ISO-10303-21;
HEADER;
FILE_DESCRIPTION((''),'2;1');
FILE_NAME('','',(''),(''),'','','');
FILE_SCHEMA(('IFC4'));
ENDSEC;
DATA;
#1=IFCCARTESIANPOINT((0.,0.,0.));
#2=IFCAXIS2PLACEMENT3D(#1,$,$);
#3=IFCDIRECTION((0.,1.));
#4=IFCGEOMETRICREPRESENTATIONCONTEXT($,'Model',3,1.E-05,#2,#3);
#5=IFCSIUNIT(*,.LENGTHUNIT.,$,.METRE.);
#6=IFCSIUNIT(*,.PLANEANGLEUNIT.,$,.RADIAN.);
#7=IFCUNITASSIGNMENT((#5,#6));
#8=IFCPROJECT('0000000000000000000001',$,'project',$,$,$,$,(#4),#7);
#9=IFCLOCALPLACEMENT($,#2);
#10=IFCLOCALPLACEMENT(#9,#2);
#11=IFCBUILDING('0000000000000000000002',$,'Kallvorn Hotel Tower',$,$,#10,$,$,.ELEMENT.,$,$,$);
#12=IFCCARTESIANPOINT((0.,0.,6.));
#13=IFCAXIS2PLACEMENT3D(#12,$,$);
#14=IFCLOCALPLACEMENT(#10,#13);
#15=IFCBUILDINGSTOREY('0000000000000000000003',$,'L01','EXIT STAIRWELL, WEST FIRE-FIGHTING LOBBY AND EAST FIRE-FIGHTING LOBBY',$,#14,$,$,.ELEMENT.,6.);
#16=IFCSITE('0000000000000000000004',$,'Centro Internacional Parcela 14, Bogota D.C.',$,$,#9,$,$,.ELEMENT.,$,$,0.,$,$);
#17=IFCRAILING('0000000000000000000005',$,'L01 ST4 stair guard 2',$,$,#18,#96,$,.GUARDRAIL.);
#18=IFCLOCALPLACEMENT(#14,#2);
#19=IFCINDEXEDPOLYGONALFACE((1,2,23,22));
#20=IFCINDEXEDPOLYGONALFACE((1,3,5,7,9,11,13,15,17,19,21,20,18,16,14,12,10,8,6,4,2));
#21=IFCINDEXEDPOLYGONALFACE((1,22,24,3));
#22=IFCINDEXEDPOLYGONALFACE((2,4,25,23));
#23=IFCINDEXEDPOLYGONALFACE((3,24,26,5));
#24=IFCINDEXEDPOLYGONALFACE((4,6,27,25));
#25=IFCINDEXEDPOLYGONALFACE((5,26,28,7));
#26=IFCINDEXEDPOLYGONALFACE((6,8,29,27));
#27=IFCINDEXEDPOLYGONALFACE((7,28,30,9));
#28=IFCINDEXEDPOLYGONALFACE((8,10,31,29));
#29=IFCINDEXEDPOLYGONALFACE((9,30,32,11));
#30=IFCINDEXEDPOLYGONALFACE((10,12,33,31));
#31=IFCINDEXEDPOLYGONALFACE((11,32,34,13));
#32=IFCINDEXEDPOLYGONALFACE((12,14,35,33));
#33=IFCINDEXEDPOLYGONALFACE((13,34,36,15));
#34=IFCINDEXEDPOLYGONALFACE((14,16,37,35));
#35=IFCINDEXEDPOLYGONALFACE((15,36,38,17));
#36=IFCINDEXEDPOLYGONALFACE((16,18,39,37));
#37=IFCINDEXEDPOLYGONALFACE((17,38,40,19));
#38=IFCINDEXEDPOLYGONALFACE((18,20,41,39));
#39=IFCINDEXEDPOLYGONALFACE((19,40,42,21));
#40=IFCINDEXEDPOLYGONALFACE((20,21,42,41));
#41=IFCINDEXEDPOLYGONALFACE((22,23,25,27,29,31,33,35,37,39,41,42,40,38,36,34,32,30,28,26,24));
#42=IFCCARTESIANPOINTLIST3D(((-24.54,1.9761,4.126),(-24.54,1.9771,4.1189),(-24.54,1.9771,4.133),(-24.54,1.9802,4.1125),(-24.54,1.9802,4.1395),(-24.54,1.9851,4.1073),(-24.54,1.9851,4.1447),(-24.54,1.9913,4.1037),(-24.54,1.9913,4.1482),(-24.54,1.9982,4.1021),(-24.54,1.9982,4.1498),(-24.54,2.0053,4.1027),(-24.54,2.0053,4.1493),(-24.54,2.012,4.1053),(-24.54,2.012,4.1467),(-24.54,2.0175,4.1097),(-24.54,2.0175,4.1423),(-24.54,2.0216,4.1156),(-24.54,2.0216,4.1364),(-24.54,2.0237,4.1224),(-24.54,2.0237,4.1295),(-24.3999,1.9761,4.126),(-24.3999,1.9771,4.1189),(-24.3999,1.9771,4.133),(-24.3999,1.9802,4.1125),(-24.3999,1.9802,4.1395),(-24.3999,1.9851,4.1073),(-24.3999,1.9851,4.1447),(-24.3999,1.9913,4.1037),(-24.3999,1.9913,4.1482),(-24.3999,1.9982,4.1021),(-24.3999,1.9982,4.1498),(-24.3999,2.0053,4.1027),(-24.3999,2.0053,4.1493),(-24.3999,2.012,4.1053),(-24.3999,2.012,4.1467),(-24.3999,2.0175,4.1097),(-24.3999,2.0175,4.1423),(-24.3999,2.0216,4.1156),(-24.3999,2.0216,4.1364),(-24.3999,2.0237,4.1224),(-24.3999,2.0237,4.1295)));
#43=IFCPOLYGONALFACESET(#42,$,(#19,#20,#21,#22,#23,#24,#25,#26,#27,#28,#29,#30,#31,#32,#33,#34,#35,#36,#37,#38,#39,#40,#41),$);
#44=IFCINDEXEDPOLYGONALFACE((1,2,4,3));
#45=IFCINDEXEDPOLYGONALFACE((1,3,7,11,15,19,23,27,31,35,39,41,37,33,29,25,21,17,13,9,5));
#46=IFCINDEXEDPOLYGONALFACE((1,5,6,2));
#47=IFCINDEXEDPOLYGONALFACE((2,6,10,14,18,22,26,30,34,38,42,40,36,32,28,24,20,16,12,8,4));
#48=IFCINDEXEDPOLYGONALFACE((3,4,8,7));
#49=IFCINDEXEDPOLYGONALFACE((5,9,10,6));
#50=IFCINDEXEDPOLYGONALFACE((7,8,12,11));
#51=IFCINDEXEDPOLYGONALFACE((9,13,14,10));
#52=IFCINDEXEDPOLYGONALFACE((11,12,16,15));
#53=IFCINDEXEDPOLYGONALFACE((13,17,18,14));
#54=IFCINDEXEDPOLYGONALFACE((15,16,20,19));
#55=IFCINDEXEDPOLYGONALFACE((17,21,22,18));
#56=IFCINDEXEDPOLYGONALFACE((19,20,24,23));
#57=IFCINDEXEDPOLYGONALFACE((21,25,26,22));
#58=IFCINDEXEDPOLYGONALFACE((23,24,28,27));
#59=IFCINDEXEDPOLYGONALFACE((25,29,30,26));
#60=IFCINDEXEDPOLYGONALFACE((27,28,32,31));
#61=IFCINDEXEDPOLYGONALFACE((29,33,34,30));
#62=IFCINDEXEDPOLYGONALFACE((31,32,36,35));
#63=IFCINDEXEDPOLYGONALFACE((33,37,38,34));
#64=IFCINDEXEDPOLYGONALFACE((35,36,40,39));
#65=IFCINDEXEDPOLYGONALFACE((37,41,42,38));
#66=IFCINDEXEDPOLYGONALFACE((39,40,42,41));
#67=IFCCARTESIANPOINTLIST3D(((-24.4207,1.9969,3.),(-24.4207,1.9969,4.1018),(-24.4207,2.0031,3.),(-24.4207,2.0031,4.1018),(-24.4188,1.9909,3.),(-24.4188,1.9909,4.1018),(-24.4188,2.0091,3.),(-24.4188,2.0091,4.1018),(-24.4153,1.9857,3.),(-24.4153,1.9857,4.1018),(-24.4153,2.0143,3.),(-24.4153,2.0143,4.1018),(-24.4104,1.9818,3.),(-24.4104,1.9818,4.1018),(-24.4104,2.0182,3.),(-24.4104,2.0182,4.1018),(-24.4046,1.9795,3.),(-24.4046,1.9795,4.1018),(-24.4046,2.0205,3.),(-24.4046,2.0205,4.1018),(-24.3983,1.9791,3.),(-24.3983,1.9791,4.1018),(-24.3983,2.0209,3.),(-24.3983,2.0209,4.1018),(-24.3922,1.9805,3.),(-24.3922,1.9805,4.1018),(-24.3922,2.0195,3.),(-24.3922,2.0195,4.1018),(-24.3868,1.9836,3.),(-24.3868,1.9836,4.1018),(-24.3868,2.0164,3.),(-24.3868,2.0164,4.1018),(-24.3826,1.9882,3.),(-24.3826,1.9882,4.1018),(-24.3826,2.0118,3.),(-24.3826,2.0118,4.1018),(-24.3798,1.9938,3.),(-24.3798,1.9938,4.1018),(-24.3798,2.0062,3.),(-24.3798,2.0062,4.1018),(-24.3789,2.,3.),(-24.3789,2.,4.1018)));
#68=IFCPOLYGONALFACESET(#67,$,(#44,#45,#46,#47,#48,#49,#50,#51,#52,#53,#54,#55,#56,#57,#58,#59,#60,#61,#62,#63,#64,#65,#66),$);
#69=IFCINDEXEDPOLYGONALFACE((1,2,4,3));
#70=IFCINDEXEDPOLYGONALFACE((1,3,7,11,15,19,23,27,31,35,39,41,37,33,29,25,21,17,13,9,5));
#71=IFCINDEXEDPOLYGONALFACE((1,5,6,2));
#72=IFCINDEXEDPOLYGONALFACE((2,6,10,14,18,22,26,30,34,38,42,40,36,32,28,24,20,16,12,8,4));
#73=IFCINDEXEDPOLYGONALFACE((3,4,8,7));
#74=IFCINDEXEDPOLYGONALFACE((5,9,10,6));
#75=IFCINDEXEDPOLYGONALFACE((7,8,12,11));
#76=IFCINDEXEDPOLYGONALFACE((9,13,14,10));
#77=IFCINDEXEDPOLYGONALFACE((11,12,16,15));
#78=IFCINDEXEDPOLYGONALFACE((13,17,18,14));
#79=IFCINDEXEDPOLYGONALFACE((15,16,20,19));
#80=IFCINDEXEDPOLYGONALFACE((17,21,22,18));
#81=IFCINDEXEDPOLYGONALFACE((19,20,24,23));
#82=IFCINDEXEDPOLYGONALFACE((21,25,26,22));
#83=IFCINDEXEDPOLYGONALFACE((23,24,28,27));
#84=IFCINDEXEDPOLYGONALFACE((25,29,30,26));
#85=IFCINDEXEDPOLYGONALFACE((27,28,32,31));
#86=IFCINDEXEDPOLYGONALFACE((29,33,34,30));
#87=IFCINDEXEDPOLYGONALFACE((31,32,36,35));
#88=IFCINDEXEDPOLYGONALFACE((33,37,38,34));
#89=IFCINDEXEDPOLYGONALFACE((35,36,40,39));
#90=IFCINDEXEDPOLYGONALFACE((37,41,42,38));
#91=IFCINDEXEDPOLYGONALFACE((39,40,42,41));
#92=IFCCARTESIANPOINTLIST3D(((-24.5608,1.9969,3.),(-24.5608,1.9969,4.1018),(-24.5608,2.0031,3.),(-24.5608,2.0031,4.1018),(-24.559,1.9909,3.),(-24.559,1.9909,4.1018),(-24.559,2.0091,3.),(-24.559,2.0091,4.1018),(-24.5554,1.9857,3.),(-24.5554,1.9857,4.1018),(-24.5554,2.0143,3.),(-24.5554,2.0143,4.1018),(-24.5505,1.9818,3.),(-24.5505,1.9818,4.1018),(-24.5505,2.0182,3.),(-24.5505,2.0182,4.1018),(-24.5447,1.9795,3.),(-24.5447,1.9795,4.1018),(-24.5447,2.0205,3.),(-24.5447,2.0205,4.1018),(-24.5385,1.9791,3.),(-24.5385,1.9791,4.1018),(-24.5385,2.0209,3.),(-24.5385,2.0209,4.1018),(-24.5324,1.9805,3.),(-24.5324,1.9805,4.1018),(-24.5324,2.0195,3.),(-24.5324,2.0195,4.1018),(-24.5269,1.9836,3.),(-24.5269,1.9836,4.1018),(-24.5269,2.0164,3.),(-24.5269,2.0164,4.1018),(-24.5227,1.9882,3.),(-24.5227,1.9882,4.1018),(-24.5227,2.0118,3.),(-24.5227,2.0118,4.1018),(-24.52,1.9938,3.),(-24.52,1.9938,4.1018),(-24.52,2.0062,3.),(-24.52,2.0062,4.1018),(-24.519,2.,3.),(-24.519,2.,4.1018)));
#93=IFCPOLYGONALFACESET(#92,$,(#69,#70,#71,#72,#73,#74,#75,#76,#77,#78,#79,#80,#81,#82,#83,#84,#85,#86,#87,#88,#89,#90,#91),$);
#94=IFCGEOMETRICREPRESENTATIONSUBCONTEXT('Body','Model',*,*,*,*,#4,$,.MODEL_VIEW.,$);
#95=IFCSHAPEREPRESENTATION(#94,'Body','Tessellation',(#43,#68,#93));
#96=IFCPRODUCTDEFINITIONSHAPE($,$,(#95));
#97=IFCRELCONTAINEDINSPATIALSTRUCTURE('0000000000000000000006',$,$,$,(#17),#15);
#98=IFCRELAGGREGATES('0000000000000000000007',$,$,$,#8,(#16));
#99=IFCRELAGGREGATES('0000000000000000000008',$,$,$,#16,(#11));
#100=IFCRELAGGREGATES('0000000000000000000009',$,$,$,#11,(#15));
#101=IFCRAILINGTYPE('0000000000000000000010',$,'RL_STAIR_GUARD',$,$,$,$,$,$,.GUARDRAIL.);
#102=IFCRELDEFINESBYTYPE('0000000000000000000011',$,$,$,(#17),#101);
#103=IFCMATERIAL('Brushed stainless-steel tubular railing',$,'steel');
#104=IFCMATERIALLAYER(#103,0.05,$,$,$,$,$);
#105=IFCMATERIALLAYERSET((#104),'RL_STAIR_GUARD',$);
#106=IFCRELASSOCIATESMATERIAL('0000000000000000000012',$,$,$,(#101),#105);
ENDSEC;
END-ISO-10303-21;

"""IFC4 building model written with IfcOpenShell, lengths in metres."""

from ifc_helpers import new_model, si_unit, direction, frame, origin, origin_2d, place, context, subcontext, project, spatial, circle, extrude, material, layer, layer_set, type_object, element, save


model = new_model("IFC4")

# Units and contexts
model_context = context("Model", 3, precision=1e-05, world=origin(), true_north=direction((0.0, 1.0)))
body_context = subcontext(model_context, "Body", "Model", "MODEL_VIEW")
ifc_project = project(units=[si_unit("LENGTHUNIT", "METRE"), si_unit("PLANEANGLEUNIT", "RADIAN")], contexts=[model_context])

# Site, building, storey
site_placement = place(None, origin())
site = spatial("IfcSite", under=ifc_project, at=site_placement, Name="Centro Internacional Parcela 14, Bogota D.C.", CompositionType="ELEMENT", RefElevation=0.0)
building_placement = place(site_placement, origin())
building = spatial("IfcBuilding", under=site, at=building_placement, Name="Kallvorn Hotel Tower", CompositionType="ELEMENT")
storey_placement = place(building_placement, frame((0.0, 0.0, 6.0)))
storey = spatial("IfcBuildingStorey", under=building, at=storey_placement, Name="L01", Description="EXIT STAIRWELL, WEST FIRE-FIGHTING LOBBY AND EAST FIRE-FIGHTING LOBBY", CompositionType="ELEMENT", Elevation=6.0)

# Railing
ifc_material_1 = material(Name="Brushed stainless-steel tubular railing", Category="steel")
ifc_layer_1 = layer(ifc_material_1, 0.05)
ifc_layer_set_1 = layer_set([ifc_layer_1], Name="RL_STAIR_GUARD")
railing_type_1 = type_object("IfcRailingType", Name="RL_STAIR_GUARD", PredefinedType="GUARDRAIL", material=ifc_layer_set_1)
railing_1_placement = place(storey_placement, frame((-24.3999, 2.0, 3.0)))
element("IfcRailing", 1, at=railing_1_placement, inside=storey, type_object=railing_type_1, Name="L01 ST4 stair guard 2", PredefinedType="GUARDRAIL", context=body_context, shape_type="SweptSolid", body=[
    extrude(circle(Radius=0.0239, at=origin_2d()), frame((0.0, 0.0, 1.126), z_axis=(-1.0, 0.0, 0.0), x_axis=(0.0, -1.0, 0.0)), (0.0, 0.0, 1.0), 0.1401),
    extrude(circle(Radius=0.021, at=origin_2d()), origin(), (0.0, 0.0, 1.0), 1.1018),
    extrude(circle(Radius=0.021, at=origin_2d()), frame((-0.1401, 0.0, 0.0)), (0.0, 0.0, 1.0), 1.1018),
])

save(model, "model.ifc")
